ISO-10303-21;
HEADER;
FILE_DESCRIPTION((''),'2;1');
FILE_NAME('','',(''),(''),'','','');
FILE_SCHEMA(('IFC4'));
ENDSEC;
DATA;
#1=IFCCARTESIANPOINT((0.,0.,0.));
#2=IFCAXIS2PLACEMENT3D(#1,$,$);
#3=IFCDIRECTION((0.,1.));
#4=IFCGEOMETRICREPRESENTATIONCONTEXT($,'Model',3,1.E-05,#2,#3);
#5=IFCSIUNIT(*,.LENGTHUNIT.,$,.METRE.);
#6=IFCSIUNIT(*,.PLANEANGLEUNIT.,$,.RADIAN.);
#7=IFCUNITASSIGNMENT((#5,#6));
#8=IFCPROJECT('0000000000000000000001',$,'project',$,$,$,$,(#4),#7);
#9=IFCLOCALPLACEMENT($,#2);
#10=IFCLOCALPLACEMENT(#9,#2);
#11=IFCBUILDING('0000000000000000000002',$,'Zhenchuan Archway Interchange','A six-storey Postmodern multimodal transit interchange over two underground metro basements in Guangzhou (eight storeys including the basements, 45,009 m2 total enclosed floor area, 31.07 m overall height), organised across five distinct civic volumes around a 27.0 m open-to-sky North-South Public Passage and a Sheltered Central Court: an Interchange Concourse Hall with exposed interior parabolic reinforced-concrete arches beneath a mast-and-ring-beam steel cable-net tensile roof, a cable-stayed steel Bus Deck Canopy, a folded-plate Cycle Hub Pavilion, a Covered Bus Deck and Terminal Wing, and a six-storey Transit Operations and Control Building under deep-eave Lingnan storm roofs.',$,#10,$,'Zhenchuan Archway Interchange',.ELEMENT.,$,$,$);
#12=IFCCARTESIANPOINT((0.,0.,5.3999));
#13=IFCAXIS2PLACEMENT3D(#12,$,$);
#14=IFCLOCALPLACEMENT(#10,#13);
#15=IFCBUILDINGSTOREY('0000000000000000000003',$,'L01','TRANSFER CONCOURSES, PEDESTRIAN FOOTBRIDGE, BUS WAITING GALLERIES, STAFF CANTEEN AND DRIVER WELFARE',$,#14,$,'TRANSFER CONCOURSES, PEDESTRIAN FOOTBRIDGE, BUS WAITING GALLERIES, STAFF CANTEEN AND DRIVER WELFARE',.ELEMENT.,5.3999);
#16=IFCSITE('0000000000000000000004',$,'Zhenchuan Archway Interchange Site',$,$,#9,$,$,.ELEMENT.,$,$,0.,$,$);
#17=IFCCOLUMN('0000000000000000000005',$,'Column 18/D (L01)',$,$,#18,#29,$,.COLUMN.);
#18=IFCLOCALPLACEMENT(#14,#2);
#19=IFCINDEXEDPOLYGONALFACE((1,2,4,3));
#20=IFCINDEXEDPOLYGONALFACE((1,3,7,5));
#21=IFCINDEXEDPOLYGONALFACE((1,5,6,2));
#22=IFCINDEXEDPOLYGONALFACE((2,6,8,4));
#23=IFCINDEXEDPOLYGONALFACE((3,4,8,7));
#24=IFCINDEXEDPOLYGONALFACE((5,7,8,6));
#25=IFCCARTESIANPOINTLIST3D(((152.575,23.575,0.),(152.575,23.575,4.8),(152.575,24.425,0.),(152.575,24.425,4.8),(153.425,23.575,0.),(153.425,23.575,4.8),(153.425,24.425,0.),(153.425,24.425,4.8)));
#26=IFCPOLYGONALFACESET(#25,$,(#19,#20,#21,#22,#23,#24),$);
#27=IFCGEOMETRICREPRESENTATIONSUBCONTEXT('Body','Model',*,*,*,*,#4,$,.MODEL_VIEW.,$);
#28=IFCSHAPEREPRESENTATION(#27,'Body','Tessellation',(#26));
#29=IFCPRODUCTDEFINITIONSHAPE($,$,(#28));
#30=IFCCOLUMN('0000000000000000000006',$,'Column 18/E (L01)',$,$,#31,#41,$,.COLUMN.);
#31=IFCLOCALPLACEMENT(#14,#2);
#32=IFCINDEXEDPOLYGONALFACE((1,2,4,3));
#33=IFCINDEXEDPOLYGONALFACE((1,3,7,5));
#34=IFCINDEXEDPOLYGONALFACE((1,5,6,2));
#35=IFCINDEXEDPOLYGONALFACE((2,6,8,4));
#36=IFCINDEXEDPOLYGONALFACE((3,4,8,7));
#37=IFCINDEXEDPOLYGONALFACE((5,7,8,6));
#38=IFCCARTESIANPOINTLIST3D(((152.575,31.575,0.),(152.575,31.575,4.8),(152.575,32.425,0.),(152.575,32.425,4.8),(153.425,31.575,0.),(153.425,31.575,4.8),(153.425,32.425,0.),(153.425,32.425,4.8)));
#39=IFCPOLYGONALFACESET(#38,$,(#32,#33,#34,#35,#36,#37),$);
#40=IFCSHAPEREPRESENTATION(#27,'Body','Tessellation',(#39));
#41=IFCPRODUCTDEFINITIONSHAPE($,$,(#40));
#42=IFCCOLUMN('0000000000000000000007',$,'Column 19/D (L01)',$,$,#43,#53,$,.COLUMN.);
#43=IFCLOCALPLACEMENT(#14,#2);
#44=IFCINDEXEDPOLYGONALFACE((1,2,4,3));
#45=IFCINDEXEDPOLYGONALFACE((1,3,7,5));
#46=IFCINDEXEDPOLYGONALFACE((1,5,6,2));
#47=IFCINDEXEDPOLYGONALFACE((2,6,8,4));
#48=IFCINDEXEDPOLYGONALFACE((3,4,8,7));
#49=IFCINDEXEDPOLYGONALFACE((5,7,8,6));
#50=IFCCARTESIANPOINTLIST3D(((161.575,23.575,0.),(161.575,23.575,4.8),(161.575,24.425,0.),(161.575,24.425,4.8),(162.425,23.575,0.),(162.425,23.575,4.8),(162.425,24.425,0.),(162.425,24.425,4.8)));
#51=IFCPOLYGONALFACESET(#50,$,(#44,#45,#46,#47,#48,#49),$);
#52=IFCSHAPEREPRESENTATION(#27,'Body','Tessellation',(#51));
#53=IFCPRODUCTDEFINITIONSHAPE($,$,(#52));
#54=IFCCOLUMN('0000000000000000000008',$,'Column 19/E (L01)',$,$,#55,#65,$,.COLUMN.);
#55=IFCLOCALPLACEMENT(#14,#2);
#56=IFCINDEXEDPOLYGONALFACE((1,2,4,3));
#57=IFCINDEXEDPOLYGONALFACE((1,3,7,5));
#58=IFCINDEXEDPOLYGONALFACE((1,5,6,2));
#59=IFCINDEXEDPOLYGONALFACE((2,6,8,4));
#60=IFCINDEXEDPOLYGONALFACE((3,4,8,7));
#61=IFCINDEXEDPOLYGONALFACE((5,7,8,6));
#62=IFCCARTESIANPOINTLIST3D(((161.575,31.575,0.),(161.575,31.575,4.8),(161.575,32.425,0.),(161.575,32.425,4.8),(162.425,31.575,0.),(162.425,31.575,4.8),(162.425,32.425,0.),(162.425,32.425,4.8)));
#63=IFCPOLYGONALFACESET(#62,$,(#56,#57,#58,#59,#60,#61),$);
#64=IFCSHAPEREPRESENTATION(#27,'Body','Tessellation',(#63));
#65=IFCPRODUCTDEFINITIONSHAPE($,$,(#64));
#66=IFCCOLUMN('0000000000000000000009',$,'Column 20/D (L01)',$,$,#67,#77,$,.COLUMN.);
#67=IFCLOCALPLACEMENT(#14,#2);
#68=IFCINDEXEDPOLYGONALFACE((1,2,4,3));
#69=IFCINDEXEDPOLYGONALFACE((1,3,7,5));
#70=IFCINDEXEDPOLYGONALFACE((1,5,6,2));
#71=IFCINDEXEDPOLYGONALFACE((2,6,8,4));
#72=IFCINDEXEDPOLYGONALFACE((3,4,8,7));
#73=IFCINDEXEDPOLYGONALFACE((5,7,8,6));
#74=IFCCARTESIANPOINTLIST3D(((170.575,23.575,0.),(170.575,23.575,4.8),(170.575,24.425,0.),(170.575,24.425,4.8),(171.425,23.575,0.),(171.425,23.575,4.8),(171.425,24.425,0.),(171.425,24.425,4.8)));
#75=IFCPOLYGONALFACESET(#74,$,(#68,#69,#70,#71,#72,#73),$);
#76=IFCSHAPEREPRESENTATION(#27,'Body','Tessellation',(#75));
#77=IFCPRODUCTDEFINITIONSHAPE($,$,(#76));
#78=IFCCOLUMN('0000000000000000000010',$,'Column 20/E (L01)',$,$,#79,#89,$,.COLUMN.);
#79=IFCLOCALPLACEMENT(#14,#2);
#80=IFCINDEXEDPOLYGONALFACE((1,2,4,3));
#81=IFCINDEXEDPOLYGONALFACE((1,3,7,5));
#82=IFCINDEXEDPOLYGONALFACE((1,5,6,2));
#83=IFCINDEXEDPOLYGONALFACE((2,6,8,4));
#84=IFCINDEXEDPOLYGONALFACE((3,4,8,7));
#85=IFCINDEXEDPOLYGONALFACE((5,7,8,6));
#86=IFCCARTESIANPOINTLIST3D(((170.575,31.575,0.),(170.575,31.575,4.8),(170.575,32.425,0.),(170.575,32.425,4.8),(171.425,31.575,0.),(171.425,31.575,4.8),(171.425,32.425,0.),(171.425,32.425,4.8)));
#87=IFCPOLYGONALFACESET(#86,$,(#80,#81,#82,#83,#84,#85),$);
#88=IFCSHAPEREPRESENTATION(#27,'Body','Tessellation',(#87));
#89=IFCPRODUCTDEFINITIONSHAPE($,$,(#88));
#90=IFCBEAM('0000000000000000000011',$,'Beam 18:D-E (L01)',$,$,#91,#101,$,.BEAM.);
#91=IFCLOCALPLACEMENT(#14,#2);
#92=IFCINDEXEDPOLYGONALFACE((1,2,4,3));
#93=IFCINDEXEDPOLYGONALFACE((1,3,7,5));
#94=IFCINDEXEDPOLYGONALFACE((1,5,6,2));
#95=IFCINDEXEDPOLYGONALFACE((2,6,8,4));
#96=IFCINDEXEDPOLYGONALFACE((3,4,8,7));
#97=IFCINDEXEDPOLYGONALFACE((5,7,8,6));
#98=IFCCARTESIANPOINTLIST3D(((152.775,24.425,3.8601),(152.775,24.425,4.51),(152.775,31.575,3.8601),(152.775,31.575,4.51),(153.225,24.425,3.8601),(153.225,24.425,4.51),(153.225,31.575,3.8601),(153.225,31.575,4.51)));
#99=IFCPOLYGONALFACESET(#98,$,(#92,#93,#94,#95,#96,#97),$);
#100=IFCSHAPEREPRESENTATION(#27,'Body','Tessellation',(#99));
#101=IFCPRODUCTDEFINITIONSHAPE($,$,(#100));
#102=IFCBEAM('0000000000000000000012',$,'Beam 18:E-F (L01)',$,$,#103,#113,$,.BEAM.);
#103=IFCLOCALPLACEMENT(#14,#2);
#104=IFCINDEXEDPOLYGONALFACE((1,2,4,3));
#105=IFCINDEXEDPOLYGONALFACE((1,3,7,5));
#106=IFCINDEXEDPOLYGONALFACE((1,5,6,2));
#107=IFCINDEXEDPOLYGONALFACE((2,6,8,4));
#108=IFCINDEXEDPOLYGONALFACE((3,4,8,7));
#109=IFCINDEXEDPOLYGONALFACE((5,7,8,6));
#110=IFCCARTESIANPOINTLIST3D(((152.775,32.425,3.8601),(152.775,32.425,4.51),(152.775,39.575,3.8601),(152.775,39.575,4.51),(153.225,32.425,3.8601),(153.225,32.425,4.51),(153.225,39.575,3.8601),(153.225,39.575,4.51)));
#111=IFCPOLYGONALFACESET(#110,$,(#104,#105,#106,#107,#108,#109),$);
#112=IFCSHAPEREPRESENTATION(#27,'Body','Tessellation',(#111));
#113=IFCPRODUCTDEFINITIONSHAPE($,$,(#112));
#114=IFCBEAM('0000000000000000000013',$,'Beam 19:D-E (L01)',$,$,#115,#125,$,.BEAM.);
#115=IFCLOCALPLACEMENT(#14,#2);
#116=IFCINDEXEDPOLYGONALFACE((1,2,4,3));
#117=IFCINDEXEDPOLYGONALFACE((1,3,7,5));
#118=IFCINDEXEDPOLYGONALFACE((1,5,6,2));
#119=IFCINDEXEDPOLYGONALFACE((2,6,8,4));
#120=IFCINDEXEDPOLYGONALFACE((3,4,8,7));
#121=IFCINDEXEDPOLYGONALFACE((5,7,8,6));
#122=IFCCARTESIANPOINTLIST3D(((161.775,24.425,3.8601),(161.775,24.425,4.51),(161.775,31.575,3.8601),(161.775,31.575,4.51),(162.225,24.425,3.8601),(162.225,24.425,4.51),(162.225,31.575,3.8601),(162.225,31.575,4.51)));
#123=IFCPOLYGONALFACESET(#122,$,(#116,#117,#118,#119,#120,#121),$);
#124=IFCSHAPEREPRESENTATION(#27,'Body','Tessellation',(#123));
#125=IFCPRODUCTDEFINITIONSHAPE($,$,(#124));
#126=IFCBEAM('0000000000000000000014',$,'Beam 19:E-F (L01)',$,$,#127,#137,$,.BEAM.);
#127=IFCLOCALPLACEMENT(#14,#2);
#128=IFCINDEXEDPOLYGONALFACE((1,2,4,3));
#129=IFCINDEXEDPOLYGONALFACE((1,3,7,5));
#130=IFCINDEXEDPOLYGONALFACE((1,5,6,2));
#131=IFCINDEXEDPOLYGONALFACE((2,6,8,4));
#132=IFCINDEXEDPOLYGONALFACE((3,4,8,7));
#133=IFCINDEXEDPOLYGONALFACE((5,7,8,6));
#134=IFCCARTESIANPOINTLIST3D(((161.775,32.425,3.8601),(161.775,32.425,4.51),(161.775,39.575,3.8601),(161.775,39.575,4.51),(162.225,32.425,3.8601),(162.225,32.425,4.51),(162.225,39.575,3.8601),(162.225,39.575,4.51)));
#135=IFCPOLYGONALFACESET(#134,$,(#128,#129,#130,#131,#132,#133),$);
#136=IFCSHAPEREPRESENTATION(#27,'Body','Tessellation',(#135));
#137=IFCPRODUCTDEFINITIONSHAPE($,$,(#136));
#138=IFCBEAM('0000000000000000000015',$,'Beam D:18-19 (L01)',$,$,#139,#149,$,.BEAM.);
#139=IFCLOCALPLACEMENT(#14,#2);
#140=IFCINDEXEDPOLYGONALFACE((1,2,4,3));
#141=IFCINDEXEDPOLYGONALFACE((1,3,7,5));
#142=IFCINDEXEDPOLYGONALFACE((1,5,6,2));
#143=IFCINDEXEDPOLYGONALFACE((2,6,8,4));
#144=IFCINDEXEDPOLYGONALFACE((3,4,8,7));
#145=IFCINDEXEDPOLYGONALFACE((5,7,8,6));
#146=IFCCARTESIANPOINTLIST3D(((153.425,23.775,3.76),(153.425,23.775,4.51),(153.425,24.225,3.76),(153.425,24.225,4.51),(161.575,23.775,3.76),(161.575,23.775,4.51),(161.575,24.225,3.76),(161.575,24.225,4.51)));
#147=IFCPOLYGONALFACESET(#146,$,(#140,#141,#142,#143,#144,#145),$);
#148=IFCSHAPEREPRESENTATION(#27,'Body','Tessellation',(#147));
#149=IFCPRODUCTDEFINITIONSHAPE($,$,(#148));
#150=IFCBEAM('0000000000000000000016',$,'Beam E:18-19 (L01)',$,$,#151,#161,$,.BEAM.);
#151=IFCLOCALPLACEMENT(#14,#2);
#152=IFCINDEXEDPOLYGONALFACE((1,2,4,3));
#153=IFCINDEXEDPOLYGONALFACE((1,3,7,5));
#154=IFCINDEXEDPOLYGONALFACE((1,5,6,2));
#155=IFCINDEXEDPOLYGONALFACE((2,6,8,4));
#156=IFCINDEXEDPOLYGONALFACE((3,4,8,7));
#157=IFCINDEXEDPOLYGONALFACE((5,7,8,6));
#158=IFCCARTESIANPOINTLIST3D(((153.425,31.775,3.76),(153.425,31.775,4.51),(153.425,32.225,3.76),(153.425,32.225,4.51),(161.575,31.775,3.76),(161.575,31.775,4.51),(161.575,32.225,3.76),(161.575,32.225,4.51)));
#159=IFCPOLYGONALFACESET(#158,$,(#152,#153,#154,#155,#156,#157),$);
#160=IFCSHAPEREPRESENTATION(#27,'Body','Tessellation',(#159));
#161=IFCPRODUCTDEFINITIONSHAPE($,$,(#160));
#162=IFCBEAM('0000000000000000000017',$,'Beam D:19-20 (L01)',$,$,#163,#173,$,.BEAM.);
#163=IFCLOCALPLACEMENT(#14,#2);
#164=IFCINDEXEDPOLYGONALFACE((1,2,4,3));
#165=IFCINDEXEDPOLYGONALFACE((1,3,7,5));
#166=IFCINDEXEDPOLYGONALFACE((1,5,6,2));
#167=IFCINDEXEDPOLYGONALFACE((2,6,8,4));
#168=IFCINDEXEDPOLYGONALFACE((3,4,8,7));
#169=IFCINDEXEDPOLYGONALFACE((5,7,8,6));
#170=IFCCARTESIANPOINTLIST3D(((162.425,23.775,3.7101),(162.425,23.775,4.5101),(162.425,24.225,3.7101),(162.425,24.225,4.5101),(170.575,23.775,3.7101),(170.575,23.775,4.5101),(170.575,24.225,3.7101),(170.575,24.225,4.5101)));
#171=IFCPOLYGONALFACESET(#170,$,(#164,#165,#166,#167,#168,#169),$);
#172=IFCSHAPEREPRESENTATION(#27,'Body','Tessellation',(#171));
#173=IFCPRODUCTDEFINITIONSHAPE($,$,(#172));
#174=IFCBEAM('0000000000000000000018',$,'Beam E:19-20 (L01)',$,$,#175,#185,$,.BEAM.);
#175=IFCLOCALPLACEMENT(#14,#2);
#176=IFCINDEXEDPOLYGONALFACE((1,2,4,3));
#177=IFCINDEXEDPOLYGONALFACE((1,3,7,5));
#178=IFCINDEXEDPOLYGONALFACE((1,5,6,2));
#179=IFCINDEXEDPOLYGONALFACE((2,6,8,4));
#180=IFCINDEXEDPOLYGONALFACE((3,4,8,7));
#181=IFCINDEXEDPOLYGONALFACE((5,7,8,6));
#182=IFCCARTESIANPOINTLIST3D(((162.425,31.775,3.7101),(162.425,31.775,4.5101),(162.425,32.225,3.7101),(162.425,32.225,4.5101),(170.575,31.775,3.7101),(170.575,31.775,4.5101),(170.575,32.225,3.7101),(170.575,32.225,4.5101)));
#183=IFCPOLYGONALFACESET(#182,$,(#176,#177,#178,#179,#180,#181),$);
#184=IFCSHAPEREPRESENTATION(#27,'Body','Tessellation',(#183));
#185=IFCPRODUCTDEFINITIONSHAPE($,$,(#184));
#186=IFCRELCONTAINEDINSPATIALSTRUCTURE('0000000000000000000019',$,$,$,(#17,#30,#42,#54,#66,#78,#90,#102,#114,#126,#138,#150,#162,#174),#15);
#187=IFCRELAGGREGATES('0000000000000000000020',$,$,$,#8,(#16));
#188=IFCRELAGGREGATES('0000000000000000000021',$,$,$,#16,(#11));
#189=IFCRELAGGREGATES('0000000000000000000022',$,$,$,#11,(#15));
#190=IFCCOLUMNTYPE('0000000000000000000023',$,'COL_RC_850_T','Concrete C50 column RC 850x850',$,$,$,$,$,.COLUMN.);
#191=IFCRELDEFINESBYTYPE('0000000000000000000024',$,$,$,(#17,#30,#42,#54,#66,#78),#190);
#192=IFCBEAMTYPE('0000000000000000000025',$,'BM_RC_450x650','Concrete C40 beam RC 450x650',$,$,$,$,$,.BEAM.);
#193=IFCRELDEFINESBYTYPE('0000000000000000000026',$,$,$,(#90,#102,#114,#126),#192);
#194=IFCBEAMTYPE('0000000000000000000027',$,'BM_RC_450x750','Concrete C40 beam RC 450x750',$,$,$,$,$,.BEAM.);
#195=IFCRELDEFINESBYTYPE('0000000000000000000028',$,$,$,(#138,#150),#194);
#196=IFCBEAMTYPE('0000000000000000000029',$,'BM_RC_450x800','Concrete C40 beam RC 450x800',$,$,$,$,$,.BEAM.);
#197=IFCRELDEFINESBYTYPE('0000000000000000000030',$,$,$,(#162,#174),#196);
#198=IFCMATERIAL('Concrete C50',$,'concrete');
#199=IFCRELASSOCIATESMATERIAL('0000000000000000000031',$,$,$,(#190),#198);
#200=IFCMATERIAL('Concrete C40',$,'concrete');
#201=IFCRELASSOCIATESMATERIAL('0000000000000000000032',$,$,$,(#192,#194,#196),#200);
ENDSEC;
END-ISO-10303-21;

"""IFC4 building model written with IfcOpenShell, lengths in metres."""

from ifc_helpers import new_model, si_unit, direction, frame, origin, origin_2d, place, context, subcontext, project, spatial, rectangle, extrude, material, material_profile, profile_set, type_object, element, save


model = new_model("IFC4")

# Units and contexts
model_context = context("Model", 3, precision=1e-05, world=origin(), true_north=direction((0.0, 1.0)))
body_context = subcontext(model_context, "Body", "Model", "MODEL_VIEW")
ifc_project = project(units=[si_unit("LENGTHUNIT", "METRE"), si_unit("PLANEANGLEUNIT", "RADIAN")], contexts=[model_context])

# Site, building, storey
site_placement = place(None, origin())
site = spatial("IfcSite", under=ifc_project, at=site_placement, Name="Zhenchuan Archway Interchange Site", CompositionType="ELEMENT", RefElevation=0.0)
building_placement = place(site_placement, origin())
building = spatial("IfcBuilding", under=site, at=building_placement, Name="Zhenchuan Archway Interchange", Description="A six-storey Postmodern multimodal transit interchange over two underground metro basements in Guangzhou (eight storeys including the basements, 45,009 m2 total enclosed floor area, 31.07 m overall height), organised across five distinct civic volumes around a 27.0 m open-to-sky North-South Public Passage and a Sheltered Central Court: an Interchange Concourse Hall with exposed interior parabolic reinforced-concrete arches beneath a mast-and-ring-beam steel cable-net tensile roof, a cable-stayed steel Bus Deck Canopy, a folded-plate Cycle Hub Pavilion, a Covered Bus Deck and Terminal Wing, and a six-storey Transit Operations and Control Building under deep-eave Lingnan storm roofs.", LongName="Zhenchuan Archway Interchange", CompositionType="ELEMENT")
storey_placement = place(building_placement, frame((0.0, 0.0, 5.3999)))
storey = spatial("IfcBuildingStorey", under=building, at=storey_placement, Name="L01", Description="TRANSFER CONCOURSES, PEDESTRIAN FOOTBRIDGE, BUS WAITING GALLERIES, STAFF CANTEEN AND DRIVER WELFARE", LongName="TRANSFER CONCOURSES, PEDESTRIAN FOOTBRIDGE, BUS WAITING GALLERIES, STAFF CANTEEN AND DRIVER WELFARE", CompositionType="ELEMENT", Elevation=5.3999)

# Columns
ifc_material_1 = material(Name="Concrete C50", Category="concrete")
ifc_material_profile_1 = material_profile(ifc_material_1, rectangle(XDim=0.8501, YDim=0.8501, at=origin_2d()), Name="RC 850x850")
ifc_profile_set_1 = profile_set([ifc_material_profile_1], Name="Concrete C50")
column_type = type_object("IfcColumnType", Name="COL_RC_850_T", Description="Concrete C50 column RC 850x850", PredefinedType="COLUMN", material=ifc_profile_set_1)
for number, where, z_axis, x_axis, name in (
    (1, (153.0, 24.0, 0.0), (0.0, 0.0, 1.0), (1.0, 0.0, 0.0), "Column 18/D (L01)"),
    (2, (153.0, 32.0, 0.0), (0.0, 0.0, 1.0), (1.0, 0.0, 0.0), "Column 18/E (L01)"),
    (3, (162.0, 24.0, 0.0), (0.0, 0.0, 1.0), (1.0, 0.0, 0.0), "Column 19/D (L01)"),
    (4, (162.0, 32.0, 0.0), (0.0, 0.0, 1.0), (1.0, 0.0, 0.0), "Column 19/E (L01)"),
    (5, (171.0, 24.0, 0.0), (0.0, 0.0, 1.0), (1.0, 0.0, 0.0), "Column 20/D (L01)"),
    (6, (171.0, 32.0, 0.0), (0.0, 0.0, 1.0), (1.0, 0.0, 0.0), "Column 20/E (L01)"),
):
    element("IfcColumn", number, at=place(storey_placement, frame(where, z_axis=z_axis, x_axis=x_axis)), inside=storey, type_object=column_type, Name=name, PredefinedType="COLUMN", context=body_context, shape_type="SweptSolid", body=[
        extrude(rectangle(XDim=0.8501, YDim=0.8501, at=origin_2d()), origin(), (0.0, 0.0, 1.0), 4.8),
    ])

# Beams
ifc_material_2 = material(Name="Concrete C40", Category="concrete")
ifc_material_profile_2 = material_profile(ifc_material_2, rectangle(XDim=0.45, YDim=0.6499, at=origin_2d()), Name="RC 450x650")
ifc_profile_set_2 = profile_set([ifc_material_profile_2], Name="Concrete C40")
beam_type_1 = type_object("IfcBeamType", Name="BM_RC_450x650", Description="Concrete C40 beam RC 450x650", PredefinedType="BEAM", material=ifc_profile_set_2)
for number, where, z_axis, x_axis, name in (
    (7, (153.0, 24.425, 4.1851), (0.0, 1.0, 0.0), (-1.0, 0.0, 0.0), "Beam 18:D-E (L01)"),
    (8, (153.0, 32.425, 4.1851), (0.0, 1.0, 0.0), (-1.0, 0.0, 0.0), "Beam 18:E-F (L01)"),
    (9, (162.0, 24.425, 4.1851), (0.0, 1.0, 0.0), (-1.0, 0.0, 0.0), "Beam 19:D-E (L01)"),
    (10, (162.0, 32.425, 4.1851), (0.0, 1.0, 0.0), (-1.0, 0.0, 0.0), "Beam 19:E-F (L01)"),
):
    element("IfcBeam", number, at=place(storey_placement, frame(where, z_axis=z_axis, x_axis=x_axis)), inside=storey, type_object=beam_type_1, Name=name, PredefinedType="BEAM", context=body_context, shape_type="SweptSolid", body=[
        extrude(rectangle(XDim=0.45, YDim=0.6499, at=origin_2d()), origin(), (0.0, 0.0, 1.0), 7.1499),
    ])
ifc_material_profile_3 = material_profile(ifc_material_2, rectangle(XDim=0.45, YDim=0.75, at=origin_2d()), Name="RC 450x750")
ifc_profile_set_3 = profile_set([ifc_material_profile_3], Name="Concrete C40")
beam_type_2 = type_object("IfcBeamType", Name="BM_RC_450x750", Description="Concrete C40 beam RC 450x750", PredefinedType="BEAM", material=ifc_profile_set_3)
for number, where, z_axis, x_axis, name in (
    (11, (153.425, 24.0, 4.135), (1.0, 0.0, 0.0), (0.0, 1.0, 0.0), "Beam D:18-19 (L01)"),
    (12, (153.425, 32.0, 4.135), (1.0, 0.0, 0.0), (0.0, 1.0, 0.0), "Beam E:18-19 (L01)"),
):
    element("IfcBeam", number, at=place(storey_placement, frame(where, z_axis=z_axis, x_axis=x_axis)), inside=storey, type_object=beam_type_2, Name=name, PredefinedType="BEAM", context=body_context, shape_type="SweptSolid", body=[
        extrude(rectangle(XDim=0.45, YDim=0.75, at=origin_2d()), origin(), (0.0, 0.0, 1.0), 8.1499),
    ])
ifc_material_profile_4 = material_profile(ifc_material_2, rectangle(XDim=0.45, YDim=0.8, at=origin_2d()), Name="RC 450x800")
ifc_profile_set_4 = profile_set([ifc_material_profile_4], Name="Concrete C40")
beam_type_3 = type_object("IfcBeamType", Name="BM_RC_450x800", Description="Concrete C40 beam RC 450x800", PredefinedType="BEAM", material=ifc_profile_set_4)
for number, where, z_axis, x_axis, name in (
    (13, (162.425, 24.0, 4.1101), (1.0, 0.0, 0.0), (0.0, 1.0, 0.0), "Beam D:19-20 (L01)"),
    (14, (162.425, 32.0, 4.1101), (1.0, 0.0, 0.0), (0.0, 1.0, 0.0), "Beam E:19-20 (L01)"),
):
    element("IfcBeam", number, at=place(storey_placement, frame(where, z_axis=z_axis, x_axis=x_axis)), inside=storey, type_object=beam_type_3, Name=name, PredefinedType="BEAM", context=body_context, shape_type="SweptSolid", body=[
        extrude(rectangle(XDim=0.45, YDim=0.8, at=origin_2d()), origin(), (0.0, 0.0, 1.0), 8.1499),
    ])

save(model, "model.ifc")
